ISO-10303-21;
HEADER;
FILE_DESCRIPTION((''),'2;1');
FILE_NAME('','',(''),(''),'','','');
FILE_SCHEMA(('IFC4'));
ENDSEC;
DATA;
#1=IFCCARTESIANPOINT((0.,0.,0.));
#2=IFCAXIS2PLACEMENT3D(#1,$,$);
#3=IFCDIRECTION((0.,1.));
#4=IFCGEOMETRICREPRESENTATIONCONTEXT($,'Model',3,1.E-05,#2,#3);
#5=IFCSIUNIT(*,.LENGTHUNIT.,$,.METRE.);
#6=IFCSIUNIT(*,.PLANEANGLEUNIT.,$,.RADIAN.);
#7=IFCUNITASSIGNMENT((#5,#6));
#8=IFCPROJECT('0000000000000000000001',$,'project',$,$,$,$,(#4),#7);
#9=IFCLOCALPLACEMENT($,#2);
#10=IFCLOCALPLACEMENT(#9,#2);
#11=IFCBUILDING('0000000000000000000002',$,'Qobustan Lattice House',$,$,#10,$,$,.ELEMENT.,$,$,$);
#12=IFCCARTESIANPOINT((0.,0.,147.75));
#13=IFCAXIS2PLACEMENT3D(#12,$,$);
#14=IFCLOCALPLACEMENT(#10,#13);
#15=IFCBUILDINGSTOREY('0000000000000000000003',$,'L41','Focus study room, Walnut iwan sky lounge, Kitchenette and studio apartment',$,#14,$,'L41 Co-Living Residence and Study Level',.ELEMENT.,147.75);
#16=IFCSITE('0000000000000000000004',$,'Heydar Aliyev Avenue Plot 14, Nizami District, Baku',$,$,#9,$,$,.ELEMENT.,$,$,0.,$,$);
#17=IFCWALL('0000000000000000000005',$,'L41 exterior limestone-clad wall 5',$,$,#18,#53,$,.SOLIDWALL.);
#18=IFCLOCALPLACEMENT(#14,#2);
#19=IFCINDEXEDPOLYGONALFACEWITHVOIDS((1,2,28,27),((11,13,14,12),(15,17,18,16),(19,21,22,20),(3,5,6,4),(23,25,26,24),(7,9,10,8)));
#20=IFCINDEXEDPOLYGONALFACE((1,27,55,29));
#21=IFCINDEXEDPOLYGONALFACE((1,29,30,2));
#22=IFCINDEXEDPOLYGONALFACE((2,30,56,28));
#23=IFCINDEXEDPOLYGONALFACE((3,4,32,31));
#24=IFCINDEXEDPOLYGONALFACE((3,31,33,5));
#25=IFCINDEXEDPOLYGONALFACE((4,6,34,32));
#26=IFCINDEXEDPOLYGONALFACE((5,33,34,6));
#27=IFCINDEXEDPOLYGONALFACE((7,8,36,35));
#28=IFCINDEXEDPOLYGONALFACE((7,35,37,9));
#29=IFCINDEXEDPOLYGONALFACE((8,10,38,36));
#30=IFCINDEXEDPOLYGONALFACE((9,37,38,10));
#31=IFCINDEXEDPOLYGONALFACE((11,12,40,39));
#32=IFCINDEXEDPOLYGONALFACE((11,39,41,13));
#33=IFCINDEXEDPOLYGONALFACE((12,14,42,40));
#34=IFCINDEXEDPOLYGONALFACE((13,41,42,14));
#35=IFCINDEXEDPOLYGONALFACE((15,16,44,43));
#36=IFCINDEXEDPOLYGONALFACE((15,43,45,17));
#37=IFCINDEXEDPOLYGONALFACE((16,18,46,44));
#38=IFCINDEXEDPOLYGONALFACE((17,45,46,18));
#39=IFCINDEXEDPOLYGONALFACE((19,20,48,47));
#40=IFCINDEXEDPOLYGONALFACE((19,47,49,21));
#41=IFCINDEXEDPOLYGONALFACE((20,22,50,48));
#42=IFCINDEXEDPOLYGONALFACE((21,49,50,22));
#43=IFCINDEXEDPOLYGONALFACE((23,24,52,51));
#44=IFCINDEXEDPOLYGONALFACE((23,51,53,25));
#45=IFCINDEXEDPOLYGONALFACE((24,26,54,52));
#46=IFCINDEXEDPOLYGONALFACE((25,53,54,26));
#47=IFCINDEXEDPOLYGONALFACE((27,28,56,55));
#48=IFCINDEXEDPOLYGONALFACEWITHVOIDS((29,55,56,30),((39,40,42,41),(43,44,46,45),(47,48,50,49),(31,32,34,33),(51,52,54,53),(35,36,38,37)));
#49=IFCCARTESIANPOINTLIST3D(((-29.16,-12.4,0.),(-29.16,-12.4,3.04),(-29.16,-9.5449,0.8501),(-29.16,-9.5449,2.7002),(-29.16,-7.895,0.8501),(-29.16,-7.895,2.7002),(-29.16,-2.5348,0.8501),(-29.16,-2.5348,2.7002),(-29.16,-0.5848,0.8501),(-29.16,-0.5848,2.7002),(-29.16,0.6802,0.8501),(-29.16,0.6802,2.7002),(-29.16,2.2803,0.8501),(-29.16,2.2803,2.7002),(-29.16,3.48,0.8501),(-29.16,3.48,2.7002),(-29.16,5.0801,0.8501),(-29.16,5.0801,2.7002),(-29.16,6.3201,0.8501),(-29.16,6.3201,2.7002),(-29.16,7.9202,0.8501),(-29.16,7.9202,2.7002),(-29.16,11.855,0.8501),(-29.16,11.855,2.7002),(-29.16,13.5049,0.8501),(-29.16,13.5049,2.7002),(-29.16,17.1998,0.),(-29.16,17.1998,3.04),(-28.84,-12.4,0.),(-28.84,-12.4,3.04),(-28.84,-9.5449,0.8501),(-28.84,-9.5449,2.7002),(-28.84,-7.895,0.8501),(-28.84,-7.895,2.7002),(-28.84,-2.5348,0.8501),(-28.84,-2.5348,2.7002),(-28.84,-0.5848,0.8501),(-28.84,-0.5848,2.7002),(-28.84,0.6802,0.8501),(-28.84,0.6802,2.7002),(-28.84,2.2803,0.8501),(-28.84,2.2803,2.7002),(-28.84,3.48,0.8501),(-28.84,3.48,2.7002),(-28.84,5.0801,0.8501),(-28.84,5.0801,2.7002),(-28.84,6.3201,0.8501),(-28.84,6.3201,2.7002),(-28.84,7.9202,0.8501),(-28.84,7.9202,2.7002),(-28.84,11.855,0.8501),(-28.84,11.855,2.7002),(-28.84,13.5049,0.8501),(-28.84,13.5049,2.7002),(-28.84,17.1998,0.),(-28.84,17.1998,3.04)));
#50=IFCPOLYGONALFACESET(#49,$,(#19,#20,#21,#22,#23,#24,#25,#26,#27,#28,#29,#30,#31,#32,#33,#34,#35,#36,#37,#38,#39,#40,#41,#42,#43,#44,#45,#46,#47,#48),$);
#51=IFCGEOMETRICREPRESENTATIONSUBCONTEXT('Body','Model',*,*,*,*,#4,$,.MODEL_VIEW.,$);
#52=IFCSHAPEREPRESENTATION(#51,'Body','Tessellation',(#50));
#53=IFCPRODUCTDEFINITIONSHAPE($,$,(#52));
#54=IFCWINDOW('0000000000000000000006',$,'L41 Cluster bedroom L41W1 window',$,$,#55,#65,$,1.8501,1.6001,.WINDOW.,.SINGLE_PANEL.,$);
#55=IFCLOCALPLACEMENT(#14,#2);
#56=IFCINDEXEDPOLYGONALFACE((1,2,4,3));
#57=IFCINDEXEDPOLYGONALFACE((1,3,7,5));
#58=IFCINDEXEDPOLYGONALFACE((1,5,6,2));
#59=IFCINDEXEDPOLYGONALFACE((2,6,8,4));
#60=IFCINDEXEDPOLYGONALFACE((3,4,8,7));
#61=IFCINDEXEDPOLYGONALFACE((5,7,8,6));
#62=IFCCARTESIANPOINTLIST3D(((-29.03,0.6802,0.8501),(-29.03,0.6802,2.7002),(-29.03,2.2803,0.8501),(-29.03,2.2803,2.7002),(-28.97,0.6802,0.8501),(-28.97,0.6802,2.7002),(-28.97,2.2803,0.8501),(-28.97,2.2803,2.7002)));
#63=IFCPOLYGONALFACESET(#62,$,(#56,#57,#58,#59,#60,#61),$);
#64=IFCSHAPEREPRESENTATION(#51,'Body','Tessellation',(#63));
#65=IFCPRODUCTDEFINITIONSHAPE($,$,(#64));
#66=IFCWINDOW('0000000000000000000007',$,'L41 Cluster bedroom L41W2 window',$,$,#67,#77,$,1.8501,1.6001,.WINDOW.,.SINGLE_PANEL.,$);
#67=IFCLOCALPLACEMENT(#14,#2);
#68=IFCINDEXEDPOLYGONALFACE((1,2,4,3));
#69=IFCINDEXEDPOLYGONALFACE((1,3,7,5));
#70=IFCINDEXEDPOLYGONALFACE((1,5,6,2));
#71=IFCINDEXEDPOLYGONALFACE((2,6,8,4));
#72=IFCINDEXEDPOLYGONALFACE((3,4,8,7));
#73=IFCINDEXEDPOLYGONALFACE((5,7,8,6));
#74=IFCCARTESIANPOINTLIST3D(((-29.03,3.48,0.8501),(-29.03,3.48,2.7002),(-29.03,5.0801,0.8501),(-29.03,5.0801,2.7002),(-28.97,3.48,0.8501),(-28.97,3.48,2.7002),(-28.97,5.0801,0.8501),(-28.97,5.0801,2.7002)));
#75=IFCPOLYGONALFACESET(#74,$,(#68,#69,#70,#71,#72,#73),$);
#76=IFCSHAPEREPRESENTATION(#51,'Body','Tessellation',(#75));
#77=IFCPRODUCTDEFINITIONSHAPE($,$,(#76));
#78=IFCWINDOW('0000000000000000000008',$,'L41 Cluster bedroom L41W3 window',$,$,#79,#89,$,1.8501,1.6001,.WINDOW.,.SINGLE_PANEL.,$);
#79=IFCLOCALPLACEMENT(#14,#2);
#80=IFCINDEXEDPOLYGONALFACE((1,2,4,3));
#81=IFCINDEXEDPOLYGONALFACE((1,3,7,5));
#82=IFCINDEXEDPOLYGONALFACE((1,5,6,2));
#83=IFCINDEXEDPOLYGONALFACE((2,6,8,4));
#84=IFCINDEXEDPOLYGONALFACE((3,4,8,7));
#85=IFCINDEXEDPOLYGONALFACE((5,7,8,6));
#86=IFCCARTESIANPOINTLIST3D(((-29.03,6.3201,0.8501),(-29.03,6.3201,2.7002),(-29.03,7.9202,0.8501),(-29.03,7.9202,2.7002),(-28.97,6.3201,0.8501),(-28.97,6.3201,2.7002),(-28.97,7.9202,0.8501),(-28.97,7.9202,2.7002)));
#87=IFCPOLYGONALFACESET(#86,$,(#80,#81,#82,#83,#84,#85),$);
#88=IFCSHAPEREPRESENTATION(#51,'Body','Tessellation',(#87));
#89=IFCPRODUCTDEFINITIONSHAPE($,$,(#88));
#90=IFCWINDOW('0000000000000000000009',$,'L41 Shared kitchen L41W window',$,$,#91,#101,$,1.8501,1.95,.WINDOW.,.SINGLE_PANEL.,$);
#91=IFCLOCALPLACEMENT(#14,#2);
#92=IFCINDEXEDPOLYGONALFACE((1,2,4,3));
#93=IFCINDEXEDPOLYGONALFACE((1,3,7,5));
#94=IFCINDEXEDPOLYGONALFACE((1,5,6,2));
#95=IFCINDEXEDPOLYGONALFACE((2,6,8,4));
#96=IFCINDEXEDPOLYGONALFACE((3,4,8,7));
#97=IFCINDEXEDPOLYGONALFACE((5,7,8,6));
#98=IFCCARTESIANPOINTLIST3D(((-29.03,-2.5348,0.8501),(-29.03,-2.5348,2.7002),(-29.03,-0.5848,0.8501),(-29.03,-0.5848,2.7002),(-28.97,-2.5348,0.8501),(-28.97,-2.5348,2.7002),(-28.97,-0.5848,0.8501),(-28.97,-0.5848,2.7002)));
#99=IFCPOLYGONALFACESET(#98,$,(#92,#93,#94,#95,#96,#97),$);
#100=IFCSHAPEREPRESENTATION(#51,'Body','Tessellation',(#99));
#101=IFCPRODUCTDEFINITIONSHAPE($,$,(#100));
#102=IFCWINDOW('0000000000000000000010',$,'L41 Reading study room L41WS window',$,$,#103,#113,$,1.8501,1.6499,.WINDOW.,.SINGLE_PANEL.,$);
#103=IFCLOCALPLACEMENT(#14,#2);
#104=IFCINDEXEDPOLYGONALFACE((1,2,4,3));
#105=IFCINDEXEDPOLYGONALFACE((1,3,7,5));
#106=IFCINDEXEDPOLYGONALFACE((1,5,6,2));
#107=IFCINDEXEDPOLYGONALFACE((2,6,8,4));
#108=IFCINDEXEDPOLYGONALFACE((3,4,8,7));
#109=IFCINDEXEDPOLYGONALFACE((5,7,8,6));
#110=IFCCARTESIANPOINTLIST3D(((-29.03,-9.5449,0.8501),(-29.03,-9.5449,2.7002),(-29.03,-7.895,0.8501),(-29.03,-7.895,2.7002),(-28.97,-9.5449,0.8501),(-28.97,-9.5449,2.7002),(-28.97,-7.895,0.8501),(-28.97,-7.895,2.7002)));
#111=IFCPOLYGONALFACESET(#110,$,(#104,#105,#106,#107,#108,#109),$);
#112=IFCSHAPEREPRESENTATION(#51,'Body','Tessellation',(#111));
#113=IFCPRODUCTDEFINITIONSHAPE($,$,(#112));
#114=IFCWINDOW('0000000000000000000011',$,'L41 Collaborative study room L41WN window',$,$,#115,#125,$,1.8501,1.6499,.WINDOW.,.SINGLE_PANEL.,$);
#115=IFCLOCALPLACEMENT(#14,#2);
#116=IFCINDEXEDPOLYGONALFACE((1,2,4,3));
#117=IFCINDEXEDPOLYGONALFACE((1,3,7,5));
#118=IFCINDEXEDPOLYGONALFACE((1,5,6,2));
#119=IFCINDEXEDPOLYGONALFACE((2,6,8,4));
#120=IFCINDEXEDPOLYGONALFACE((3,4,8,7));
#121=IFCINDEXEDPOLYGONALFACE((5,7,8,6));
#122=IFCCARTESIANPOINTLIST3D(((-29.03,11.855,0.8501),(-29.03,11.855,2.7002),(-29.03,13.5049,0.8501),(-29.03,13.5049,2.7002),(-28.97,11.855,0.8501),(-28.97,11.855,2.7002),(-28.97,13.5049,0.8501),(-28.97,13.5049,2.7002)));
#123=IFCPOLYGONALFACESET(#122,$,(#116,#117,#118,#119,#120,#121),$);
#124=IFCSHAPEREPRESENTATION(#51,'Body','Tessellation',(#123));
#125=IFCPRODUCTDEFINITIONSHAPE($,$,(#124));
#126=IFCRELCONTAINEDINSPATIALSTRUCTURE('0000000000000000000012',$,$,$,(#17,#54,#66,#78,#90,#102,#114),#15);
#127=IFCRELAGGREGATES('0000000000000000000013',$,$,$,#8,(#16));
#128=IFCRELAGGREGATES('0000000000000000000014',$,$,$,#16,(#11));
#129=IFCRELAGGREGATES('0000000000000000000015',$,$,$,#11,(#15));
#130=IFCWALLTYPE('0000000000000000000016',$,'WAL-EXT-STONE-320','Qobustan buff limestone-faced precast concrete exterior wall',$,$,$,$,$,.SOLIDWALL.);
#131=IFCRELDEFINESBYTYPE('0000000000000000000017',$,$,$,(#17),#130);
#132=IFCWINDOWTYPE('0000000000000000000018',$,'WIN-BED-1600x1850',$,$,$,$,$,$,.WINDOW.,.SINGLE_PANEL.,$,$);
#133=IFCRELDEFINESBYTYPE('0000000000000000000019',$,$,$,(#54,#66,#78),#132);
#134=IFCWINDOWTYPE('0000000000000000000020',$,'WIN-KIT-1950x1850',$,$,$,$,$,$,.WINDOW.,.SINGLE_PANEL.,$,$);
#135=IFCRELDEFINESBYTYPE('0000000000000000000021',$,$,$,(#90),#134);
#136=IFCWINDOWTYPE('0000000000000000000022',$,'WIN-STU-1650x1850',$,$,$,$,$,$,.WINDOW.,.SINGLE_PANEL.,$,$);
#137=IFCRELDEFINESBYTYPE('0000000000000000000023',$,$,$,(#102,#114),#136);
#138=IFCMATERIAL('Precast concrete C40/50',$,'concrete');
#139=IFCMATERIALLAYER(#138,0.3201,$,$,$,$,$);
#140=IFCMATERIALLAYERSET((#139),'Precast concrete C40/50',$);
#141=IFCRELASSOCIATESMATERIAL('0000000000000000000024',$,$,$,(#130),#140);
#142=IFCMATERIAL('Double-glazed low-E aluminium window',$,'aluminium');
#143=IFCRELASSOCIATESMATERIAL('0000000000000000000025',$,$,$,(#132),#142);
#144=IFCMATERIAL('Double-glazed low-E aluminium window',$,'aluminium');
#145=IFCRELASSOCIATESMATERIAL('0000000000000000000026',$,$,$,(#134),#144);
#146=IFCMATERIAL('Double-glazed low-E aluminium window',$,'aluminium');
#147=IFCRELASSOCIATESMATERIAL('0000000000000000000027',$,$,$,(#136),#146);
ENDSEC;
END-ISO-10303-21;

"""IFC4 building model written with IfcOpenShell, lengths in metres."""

from ifc_helpers import new_model, si_unit, direction, frame, frame_2d, origin, place, context, subcontext, project, spatial, rectangle, extrude, material, layer, layer_set, type_object, element, fill, save


model = new_model("IFC4")

# Units and contexts
model_context = context("Model", 3, precision=1e-05, world=origin(), true_north=direction((0.0, 1.0)))
body_context = subcontext(model_context, "Body", "Model", "MODEL_VIEW")
ifc_project = project(units=[si_unit("LENGTHUNIT", "METRE"), si_unit("PLANEANGLEUNIT", "RADIAN")], contexts=[model_context])

# Site, building, storey
site_placement = place(None, origin())
site = spatial("IfcSite", under=ifc_project, at=site_placement, Name="Heydar Aliyev Avenue Plot 14, Nizami District, Baku", CompositionType="ELEMENT", RefElevation=0.0)
building_placement = place(site_placement, origin())
building = spatial("IfcBuilding", under=site, at=building_placement, Name="Qobustan Lattice House", CompositionType="ELEMENT")
storey_placement = place(building_placement, frame((0.0, 0.0, 147.75)))
storey = spatial("IfcBuildingStorey", under=building, at=storey_placement, Name="L41", Description="Focus study room, Walnut iwan sky lounge, Kitchenette and studio apartment", LongName="L41 Co-Living Residence and Study Level", CompositionType="ELEMENT", Elevation=147.75)

# Shared definitions
ifc_material_1 = material(Name="Precast concrete C40/50", Category="concrete")
ifc_layer_1 = layer(ifc_material_1, 0.3201)
ifc_layer_set_1 = layer_set([ifc_layer_1], Name="Precast concrete C40/50")
wall_type = type_object("IfcWallType", Name="WAL-EXT-STONE-320", Description="Qobustan buff limestone-faced precast concrete exterior wall", PredefinedType="SOLIDWALL", material=ifc_layer_set_1)

# Wall, openings, windows
wall_1_placement = place(storey_placement, frame((-29.0, -12.3999, 0.0), z_axis=(0.0, 0.0, 1.0), x_axis=(0.0, 1.0, 0.0)))
wall_1 = element("IfcWall", 1, at=wall_1_placement, inside=storey, type_object=wall_type, Name="L41 exterior limestone-clad wall 5", PredefinedType="SOLIDWALL", context=body_context, shape_type="SweptSolid", body=[
    extrude(rectangle(XDim=29.5999, YDim=0.3201, at=frame_2d((14.7998, 0.0))), origin(), (0.0, 0.0, 1.0), 3.04),
])
opening_1_placement = place(wall_1_placement, frame((2.855, 0.0, 0.8501)))
opening_1 = element("IfcOpeningElement", 2, at=opening_1_placement, cuts=wall_1, PredefinedType="OPENING", context=body_context, shape_type="SweptSolid", body=[
    extrude(rectangle(XDim=1.6499, YDim=1.8501, at=frame_2d((0.825, 0.925))), frame((0.0, 0.1699, 0.0), z_axis=(0.0, -1.0, 0.0), x_axis=(1.0, 0.0, 0.0)), (0.0, 0.0, 1.0), 0.3401),
])
opening_2_placement = place(wall_1_placement, frame((9.865, 0.0, 0.8501)))
opening_2 = element("IfcOpeningElement", 3, at=opening_2_placement, cuts=wall_1, PredefinedType="OPENING", context=body_context, shape_type="SweptSolid", body=[
    extrude(rectangle(XDim=1.95, YDim=1.8501, at=frame_2d((0.9751, 0.925))), frame((0.0, 0.1699, 0.0), z_axis=(0.0, -1.0, 0.0), x_axis=(1.0, 0.0, 0.0)), (0.0, 0.0, 1.0), 0.3401),
])
opening_3_placement = place(wall_1_placement, frame((13.0801, 0.0, 0.8501)))
opening_3 = element("IfcOpeningElement", 4, at=opening_3_placement, cuts=wall_1, PredefinedType="OPENING", context=body_context, shape_type="SweptSolid", body=[
    extrude(rectangle(XDim=1.6001, YDim=1.8501, at=frame_2d((0.8, 0.925))), frame((0.0, 0.1699, 0.0), z_axis=(0.0, -1.0, 0.0), x_axis=(1.0, 0.0, 0.0)), (0.0, 0.0, 1.0), 0.3401),
])
opening_4_placement = place(wall_1_placement, frame((15.8799, 0.0, 0.8501)))
opening_4 = element("IfcOpeningElement", 5, at=opening_4_placement, cuts=wall_1, PredefinedType="OPENING", context=body_context, shape_type="SweptSolid", body=[
    extrude(rectangle(XDim=1.6001, YDim=1.8501, at=frame_2d((0.8, 0.925))), frame((0.0, 0.1699, 0.0), z_axis=(0.0, -1.0, 0.0), x_axis=(1.0, 0.0, 0.0)), (0.0, 0.0, 1.0), 0.3401),
])
opening_5_placement = place(wall_1_placement, frame((18.72, 0.0, 0.8501)))
opening_5 = element("IfcOpeningElement", 6, at=opening_5_placement, cuts=wall_1, PredefinedType="OPENING", context=body_context, shape_type="SweptSolid", body=[
    extrude(rectangle(XDim=1.6001, YDim=1.8501, at=frame_2d((0.8, 0.925))), frame((0.0, 0.1699, 0.0), z_axis=(0.0, -1.0, 0.0), x_axis=(1.0, 0.0, 0.0)), (0.0, 0.0, 1.0), 0.3401),
])
opening_6_placement = place(wall_1_placement, frame((24.2549, 0.0, 0.8501)))
opening_6 = element("IfcOpeningElement", 7, at=opening_6_placement, cuts=wall_1, PredefinedType="OPENING", context=body_context, shape_type="SweptSolid", body=[
    extrude(rectangle(XDim=1.6499, YDim=1.8501, at=frame_2d((0.825, 0.925))), frame((0.0, 0.1699, 0.0), z_axis=(0.0, -1.0, 0.0), x_axis=(1.0, 0.0, 0.0)), (0.0, 0.0, 1.0), 0.3401),
])
ifc_material_2 = material(Name="Double-glazed low-E aluminium window", Category="aluminium")
window_type_1 = type_object("IfcWindowType", Name="WIN-BED-1600x1850", PartitioningType="SINGLE_PANEL", PredefinedType="WINDOW", material=ifc_material_2)
window_1_placement = place(opening_3_placement, origin())
window_1 = element("IfcWindow", 8, at=window_1_placement, inside=storey, type_object=window_type_1, Name="L41 Cluster bedroom L41W1 window", OverallHeight=1.8501, OverallWidth=1.6001, PartitioningType="SINGLE_PANEL", PredefinedType="WINDOW", context=body_context, shape_type="SweptSolid", body=[
    extrude(rectangle(XDim=1.6001, YDim=1.8501, at=frame_2d((0.8, 0.925))), frame((0.0, 0.03, 0.0), z_axis=(0.0, -1.0, 0.0), x_axis=(1.0, 0.0, 0.0)), (0.0, 0.0, 1.0), 0.0601),
])
fill(opening_3, window_1)
window_2_placement = place(opening_4_placement, origin())
window_2 = element("IfcWindow", 9, at=window_2_placement, inside=storey, type_object=window_type_1, Name="L41 Cluster bedroom L41W2 window", OverallHeight=1.8501, OverallWidth=1.6001, PartitioningType="SINGLE_PANEL", PredefinedType="WINDOW", context=body_context, shape_type="SweptSolid", body=[
    extrude(rectangle(XDim=1.6001, YDim=1.8501, at=frame_2d((0.8, 0.925))), frame((0.0, 0.03, 0.0), z_axis=(0.0, -1.0, 0.0), x_axis=(1.0, 0.0, 0.0)), (0.0, 0.0, 1.0), 0.0601),
])
fill(opening_4, window_2)
window_3_placement = place(opening_5_placement, origin())
window_3 = element("IfcWindow", 10, at=window_3_placement, inside=storey, type_object=window_type_1, Name="L41 Cluster bedroom L41W3 window", OverallHeight=1.8501, OverallWidth=1.6001, PartitioningType="SINGLE_PANEL", PredefinedType="WINDOW", context=body_context, shape_type="SweptSolid", body=[
    extrude(rectangle(XDim=1.6001, YDim=1.8501, at=frame_2d((0.8, 0.925))), frame((0.0, 0.03, 0.0), z_axis=(0.0, -1.0, 0.0), x_axis=(1.0, 0.0, 0.0)), (0.0, 0.0, 1.0), 0.0601),
])
fill(opening_5, window_3)
ifc_material_3 = material(Name="Double-glazed low-E aluminium window", Category="aluminium")
window_type_2 = type_object("IfcWindowType", Name="WIN-KIT-1950x1850", PartitioningType="SINGLE_PANEL", PredefinedType="WINDOW", material=ifc_material_3)
window_4_placement = place(opening_2_placement, origin())
window_4 = element("IfcWindow", 11, at=window_4_placement, inside=storey, type_object=window_type_2, Name="L41 Shared kitchen L41W window", OverallHeight=1.8501, OverallWidth=1.95, PartitioningType="SINGLE_PANEL", PredefinedType="WINDOW", context=body_context, shape_type="SweptSolid", body=[
    extrude(rectangle(XDim=1.95, YDim=1.8501, at=frame_2d((0.9751, 0.925))), frame((0.0, 0.03, 0.0), z_axis=(0.0, -1.0, 0.0), x_axis=(1.0, 0.0, 0.0)), (0.0, 0.0, 1.0), 0.0601),
])
fill(opening_2, window_4)
ifc_material_4 = material(Name="Double-glazed low-E aluminium window", Category="aluminium")
window_type_3 = type_object("IfcWindowType", Name="WIN-STU-1650x1850", PartitioningType="SINGLE_PANEL", PredefinedType="WINDOW", material=ifc_material_4)
window_5_placement = place(opening_1_placement, origin())
window_5 = element("IfcWindow", 12, at=window_5_placement, inside=storey, type_object=window_type_3, Name="L41 Reading study room L41WS window", OverallHeight=1.8501, OverallWidth=1.6499, PartitioningType="SINGLE_PANEL", PredefinedType="WINDOW", context=body_context, shape_type="SweptSolid", body=[
    extrude(rectangle(XDim=1.6499, YDim=1.8501, at=frame_2d((0.825, 0.925))), frame((0.0, 0.03, 0.0), z_axis=(0.0, -1.0, 0.0), x_axis=(1.0, 0.0, 0.0)), (0.0, 0.0, 1.0), 0.0601),
])
fill(opening_1, window_5)
window_6_placement = place(opening_6_placement, origin())
window_6 = element("IfcWindow", 13, at=window_6_placement, inside=storey, type_object=window_type_3, Name="L41 Collaborative study room L41WN window", OverallHeight=1.8501, OverallWidth=1.6499, PartitioningType="SINGLE_PANEL", PredefinedType="WINDOW", context=body_context, shape_type="SweptSolid", body=[
    extrude(rectangle(XDim=1.6499, YDim=1.8501, at=frame_2d((0.825, 0.925))), frame((0.0, 0.03, 0.0), z_axis=(0.0, -1.0, 0.0), x_axis=(1.0, 0.0, 0.0)), (0.0, 0.0, 1.0), 0.0601),
])
fill(opening_6, window_6)

save(model, "model.ifc")
